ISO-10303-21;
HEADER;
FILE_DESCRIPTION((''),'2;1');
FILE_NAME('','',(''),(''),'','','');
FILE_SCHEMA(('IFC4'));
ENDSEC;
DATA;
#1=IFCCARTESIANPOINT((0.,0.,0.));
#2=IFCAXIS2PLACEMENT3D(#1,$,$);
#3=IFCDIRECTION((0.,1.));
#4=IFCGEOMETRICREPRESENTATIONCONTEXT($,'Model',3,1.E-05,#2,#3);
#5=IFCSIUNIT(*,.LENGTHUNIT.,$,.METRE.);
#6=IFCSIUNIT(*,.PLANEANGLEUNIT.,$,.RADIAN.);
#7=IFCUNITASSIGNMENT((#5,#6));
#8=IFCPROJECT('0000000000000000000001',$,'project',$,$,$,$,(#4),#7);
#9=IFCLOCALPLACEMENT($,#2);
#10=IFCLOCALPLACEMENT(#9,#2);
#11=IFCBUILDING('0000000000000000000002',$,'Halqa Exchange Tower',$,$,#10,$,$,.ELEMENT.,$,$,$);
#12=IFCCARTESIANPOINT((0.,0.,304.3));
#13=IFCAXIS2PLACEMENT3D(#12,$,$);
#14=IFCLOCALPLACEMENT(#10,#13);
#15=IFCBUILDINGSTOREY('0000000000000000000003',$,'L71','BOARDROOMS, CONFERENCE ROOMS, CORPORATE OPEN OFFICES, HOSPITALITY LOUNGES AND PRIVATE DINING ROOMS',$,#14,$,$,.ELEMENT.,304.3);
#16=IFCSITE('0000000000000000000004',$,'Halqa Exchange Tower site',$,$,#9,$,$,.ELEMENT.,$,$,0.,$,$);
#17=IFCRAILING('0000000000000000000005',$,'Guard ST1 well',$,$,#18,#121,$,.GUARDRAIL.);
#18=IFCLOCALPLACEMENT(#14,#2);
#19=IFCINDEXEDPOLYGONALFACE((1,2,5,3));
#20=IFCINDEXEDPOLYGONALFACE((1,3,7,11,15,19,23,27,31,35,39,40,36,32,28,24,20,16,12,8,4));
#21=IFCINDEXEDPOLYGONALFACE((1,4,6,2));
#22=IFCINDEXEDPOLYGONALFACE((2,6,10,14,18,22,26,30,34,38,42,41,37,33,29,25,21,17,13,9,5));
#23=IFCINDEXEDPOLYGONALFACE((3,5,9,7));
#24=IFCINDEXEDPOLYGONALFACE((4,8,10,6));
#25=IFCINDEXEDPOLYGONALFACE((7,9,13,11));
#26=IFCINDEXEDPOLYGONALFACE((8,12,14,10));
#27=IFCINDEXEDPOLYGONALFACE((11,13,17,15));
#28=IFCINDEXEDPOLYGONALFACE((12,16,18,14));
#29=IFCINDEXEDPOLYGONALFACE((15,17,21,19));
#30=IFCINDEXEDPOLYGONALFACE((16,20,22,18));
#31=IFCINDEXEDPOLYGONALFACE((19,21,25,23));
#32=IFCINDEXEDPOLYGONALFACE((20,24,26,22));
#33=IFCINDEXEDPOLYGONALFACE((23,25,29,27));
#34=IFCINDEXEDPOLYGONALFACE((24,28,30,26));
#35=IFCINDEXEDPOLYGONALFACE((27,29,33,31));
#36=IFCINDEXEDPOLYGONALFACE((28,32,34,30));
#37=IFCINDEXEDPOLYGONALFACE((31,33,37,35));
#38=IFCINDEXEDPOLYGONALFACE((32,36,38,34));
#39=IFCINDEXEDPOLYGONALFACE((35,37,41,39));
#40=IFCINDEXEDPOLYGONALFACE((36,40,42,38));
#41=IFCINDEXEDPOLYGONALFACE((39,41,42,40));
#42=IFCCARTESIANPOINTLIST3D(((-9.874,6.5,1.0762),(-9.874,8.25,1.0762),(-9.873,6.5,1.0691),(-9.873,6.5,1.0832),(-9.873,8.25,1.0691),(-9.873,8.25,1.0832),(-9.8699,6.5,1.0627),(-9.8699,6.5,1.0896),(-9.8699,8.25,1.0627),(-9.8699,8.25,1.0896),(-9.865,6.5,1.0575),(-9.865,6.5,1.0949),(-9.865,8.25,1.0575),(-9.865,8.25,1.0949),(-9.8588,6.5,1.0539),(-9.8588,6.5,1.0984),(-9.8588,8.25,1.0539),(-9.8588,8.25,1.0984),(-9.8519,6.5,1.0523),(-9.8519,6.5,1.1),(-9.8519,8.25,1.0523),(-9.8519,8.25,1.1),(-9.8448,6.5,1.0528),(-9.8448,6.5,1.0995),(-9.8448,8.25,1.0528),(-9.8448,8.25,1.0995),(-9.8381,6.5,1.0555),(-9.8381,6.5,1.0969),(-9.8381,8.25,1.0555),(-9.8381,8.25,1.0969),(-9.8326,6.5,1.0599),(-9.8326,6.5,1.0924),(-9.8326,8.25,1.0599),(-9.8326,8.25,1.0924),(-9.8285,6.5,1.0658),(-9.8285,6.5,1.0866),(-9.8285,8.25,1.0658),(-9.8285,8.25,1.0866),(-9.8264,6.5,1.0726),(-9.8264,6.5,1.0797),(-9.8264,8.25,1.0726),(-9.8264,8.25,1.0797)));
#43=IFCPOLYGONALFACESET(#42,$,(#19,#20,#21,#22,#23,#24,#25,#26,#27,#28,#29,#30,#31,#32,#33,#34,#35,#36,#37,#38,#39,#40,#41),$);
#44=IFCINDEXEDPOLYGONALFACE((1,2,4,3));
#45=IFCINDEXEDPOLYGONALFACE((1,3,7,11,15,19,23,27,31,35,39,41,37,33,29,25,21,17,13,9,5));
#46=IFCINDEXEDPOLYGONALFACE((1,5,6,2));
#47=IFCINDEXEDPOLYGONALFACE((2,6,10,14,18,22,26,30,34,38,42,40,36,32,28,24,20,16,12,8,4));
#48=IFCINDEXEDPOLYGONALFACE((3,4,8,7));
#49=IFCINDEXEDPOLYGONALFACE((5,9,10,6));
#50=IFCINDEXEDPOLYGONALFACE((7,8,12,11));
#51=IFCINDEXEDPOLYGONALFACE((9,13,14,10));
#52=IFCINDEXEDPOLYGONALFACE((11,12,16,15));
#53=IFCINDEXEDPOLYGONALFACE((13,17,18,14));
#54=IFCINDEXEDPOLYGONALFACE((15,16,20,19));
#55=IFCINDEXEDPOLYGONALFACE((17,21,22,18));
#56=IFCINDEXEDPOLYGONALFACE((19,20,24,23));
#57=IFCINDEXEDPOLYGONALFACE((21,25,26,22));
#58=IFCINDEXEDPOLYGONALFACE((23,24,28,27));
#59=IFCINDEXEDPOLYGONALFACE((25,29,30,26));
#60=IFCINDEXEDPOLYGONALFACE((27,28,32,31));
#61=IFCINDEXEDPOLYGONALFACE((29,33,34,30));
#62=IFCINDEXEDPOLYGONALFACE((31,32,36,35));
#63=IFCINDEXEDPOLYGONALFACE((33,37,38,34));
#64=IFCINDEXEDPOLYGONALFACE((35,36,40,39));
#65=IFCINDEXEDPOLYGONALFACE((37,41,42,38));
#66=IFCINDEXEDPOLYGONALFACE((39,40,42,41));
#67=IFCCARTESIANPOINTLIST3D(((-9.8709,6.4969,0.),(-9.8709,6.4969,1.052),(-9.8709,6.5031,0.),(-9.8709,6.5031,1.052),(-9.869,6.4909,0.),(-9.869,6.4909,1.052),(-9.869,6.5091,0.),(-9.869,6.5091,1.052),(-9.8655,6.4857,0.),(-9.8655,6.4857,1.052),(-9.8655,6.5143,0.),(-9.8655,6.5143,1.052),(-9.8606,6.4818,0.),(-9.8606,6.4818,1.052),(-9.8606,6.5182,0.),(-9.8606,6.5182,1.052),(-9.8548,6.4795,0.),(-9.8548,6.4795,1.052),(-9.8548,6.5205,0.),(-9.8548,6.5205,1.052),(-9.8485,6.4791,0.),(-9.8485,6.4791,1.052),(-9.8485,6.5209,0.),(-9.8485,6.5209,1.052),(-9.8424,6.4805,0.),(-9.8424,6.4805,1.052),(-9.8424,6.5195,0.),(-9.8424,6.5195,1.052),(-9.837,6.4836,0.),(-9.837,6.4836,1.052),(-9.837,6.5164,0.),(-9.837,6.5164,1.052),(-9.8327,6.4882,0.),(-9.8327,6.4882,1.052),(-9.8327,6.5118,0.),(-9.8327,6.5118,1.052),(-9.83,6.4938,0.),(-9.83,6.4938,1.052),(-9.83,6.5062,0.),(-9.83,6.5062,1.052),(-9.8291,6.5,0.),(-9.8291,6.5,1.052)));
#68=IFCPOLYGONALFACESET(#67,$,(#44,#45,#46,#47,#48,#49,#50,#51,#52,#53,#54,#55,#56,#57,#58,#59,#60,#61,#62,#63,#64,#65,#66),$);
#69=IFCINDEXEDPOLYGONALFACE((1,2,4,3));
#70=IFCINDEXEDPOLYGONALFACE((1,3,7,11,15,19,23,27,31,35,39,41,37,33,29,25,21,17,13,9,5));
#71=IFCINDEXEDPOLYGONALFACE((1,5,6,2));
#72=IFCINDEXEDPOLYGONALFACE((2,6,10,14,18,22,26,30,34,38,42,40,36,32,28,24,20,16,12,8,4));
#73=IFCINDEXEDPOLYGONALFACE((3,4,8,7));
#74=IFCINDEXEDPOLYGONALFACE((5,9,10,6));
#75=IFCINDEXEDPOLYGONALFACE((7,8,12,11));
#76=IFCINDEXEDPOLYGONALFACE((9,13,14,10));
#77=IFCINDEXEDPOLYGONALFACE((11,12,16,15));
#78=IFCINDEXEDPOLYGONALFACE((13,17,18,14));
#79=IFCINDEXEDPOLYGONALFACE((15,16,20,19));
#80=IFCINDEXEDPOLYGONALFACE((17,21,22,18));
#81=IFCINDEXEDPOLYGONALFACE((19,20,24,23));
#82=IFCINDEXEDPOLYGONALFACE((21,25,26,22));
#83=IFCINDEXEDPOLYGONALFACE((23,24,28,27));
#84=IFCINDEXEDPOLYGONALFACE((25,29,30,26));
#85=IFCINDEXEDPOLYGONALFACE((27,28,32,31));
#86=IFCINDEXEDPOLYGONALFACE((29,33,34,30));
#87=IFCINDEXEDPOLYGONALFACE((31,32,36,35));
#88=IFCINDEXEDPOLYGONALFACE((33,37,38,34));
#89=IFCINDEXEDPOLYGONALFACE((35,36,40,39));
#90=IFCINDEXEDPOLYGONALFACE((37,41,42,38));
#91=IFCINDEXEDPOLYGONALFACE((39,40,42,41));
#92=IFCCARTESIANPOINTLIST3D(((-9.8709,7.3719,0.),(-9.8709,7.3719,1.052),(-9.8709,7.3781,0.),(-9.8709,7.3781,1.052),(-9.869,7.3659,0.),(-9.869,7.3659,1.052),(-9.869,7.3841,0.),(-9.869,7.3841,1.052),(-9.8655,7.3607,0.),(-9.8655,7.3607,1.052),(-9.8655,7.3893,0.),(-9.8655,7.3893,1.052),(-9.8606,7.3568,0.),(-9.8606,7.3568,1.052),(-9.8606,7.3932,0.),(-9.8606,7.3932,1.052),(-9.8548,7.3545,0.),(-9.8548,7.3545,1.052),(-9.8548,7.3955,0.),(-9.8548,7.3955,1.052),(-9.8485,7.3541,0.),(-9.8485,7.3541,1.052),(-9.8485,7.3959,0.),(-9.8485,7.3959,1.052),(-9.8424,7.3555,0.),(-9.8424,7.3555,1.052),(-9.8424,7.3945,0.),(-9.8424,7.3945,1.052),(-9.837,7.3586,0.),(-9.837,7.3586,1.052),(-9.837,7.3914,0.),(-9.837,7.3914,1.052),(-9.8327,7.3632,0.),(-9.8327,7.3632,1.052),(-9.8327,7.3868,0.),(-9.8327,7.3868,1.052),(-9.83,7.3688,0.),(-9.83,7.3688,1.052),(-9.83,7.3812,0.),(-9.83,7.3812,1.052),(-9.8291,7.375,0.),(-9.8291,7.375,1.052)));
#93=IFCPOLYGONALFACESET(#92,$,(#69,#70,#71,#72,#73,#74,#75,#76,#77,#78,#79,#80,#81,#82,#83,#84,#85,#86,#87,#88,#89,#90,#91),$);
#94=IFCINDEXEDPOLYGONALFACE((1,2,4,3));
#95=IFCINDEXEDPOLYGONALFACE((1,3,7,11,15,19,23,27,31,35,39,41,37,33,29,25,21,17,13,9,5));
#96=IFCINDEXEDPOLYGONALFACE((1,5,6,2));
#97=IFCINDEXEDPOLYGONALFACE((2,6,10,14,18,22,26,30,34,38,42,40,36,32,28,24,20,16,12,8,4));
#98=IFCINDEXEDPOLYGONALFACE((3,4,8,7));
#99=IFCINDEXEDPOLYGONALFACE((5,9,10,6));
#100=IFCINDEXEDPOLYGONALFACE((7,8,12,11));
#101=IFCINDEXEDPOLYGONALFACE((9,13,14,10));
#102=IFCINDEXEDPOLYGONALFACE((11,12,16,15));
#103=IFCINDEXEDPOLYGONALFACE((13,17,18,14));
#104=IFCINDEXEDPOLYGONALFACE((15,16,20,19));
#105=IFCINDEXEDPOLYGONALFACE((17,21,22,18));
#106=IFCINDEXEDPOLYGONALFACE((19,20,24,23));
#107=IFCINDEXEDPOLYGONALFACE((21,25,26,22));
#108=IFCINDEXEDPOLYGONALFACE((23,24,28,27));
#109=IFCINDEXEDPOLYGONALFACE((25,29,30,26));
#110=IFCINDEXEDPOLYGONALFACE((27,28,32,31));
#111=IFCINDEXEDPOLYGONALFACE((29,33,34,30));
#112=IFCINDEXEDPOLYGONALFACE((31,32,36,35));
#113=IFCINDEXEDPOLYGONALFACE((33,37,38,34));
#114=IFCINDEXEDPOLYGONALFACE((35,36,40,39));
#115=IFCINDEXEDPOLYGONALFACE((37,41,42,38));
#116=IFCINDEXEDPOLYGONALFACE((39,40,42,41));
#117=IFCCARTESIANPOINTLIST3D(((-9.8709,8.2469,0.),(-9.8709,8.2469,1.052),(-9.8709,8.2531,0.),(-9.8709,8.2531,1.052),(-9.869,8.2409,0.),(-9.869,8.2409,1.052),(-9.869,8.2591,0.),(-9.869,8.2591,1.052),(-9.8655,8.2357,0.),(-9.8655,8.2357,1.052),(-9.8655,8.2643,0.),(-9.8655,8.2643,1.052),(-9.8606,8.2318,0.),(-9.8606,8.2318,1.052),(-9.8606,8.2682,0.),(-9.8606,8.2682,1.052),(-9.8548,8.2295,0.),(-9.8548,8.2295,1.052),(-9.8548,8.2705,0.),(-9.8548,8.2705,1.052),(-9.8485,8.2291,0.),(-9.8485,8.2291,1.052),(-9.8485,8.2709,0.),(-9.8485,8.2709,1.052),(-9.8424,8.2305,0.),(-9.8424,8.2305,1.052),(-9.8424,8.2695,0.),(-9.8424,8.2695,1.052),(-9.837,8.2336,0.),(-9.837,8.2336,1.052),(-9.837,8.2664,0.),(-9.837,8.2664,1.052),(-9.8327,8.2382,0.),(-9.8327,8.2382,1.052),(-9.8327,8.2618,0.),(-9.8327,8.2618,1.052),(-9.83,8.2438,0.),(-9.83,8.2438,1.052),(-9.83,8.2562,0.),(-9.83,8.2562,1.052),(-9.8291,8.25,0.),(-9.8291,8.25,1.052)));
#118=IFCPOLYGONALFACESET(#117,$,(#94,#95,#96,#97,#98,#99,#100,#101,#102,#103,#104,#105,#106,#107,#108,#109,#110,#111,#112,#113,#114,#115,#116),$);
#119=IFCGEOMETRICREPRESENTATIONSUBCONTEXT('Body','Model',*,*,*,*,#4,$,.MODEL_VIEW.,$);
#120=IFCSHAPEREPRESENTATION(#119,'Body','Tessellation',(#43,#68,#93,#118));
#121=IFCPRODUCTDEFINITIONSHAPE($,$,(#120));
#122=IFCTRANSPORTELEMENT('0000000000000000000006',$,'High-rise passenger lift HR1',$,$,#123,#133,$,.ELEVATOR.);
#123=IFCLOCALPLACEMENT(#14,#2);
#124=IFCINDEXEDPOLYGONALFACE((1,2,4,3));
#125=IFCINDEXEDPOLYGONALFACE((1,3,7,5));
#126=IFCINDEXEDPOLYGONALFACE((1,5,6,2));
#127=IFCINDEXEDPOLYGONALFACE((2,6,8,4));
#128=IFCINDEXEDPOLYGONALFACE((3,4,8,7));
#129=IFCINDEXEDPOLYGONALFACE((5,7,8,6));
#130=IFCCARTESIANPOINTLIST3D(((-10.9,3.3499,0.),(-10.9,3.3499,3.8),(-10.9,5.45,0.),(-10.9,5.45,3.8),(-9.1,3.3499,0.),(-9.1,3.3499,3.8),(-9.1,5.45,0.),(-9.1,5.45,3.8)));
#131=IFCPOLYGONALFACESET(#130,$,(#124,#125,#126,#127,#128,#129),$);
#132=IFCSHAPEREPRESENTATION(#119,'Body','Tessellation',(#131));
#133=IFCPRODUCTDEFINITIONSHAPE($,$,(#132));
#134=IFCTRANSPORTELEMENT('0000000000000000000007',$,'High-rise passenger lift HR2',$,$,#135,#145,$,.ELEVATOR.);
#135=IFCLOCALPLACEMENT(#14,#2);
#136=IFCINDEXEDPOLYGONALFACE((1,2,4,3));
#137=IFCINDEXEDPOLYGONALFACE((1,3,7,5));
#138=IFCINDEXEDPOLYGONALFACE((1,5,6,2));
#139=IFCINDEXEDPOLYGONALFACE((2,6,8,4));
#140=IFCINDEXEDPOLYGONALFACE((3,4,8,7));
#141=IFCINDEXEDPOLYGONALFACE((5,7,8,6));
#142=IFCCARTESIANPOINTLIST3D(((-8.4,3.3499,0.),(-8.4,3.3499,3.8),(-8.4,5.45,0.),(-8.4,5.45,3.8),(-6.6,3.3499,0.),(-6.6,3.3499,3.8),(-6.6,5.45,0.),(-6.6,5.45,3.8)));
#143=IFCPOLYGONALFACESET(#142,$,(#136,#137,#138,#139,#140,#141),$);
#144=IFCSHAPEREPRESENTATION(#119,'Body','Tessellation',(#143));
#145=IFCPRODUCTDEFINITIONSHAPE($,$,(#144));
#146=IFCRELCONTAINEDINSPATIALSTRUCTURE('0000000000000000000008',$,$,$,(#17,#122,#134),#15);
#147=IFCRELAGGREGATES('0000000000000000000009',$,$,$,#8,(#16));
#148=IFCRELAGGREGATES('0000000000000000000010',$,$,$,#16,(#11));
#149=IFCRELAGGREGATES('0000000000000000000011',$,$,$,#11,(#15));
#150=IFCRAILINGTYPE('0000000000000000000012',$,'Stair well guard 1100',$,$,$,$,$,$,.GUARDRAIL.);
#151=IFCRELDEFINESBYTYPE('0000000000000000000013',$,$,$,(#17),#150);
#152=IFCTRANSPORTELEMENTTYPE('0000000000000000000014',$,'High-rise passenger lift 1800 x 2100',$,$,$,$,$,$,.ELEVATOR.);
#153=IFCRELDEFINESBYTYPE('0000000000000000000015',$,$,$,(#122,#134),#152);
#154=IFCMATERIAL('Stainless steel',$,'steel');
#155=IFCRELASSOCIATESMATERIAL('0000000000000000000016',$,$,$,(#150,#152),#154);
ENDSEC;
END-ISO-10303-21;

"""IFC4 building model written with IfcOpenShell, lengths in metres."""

from ifc_helpers import new_model, si_unit, direction, frame, origin, origin_2d, place, context, subcontext, project, spatial, rectangle, circle, extrude, material, type_object, element, save


model = new_model("IFC4")

# Units and contexts
model_context = context("Model", 3, precision=1e-05, world=origin(), true_north=direction((0.0, 1.0)))
body_context = subcontext(model_context, "Body", "Model", "MODEL_VIEW")
ifc_project = project(units=[si_unit("LENGTHUNIT", "METRE"), si_unit("PLANEANGLEUNIT", "RADIAN")], contexts=[model_context])

# Site, building, storey
site_placement = place(None, origin())
site = spatial("IfcSite", under=ifc_project, at=site_placement, Name="Halqa Exchange Tower site", CompositionType="ELEMENT", RefElevation=0.0)
building_placement = place(site_placement, origin())
building = spatial("IfcBuilding", under=site, at=building_placement, Name="Halqa Exchange Tower", CompositionType="ELEMENT")
storey_placement = place(building_placement, frame((0.0, 0.0, 304.3)))
storey = spatial("IfcBuildingStorey", under=building, at=storey_placement, Name="L71", Description="BOARDROOMS, CONFERENCE ROOMS, CORPORATE OPEN OFFICES, HOSPITALITY LOUNGES AND PRIVATE DINING ROOMS", CompositionType="ELEMENT", Elevation=304.3)

# Shared definitions
ifc_material_1 = material(Name="Stainless steel", Category="steel")

# Railing
railing_type_1 = type_object("IfcRailingType", Name="Stair well guard 1100", PredefinedType="GUARDRAIL", material=ifc_material_1)
railing_1_placement = place(storey_placement, frame((-9.8501, 6.5, 0.0)))
element("IfcRailing", 1, at=railing_1_placement, inside=storey, type_object=railing_type_1, Name="Guard ST1 well", PredefinedType="GUARDRAIL", context=body_context, shape_type="SweptSolid", body=[
    extrude(circle(Radius=0.0239, at=origin_2d()), frame((0.0, 0.0, 1.0762), z_axis=(0.0, 1.0, 0.0), x_axis=(-1.0, 0.0, 0.0)), (0.0, 0.0, 1.0), 1.75),
    extrude(circle(Radius=0.021, at=origin_2d()), origin(), (0.0, 0.0, 1.0), 1.052),
    extrude(circle(Radius=0.021, at=origin_2d()), frame((0.0, 0.875, 0.0)), (0.0, 0.0, 1.0), 1.052),
    extrude(circle(Radius=0.021, at=origin_2d()), frame((0.0, 1.75, 0.0)), (0.0, 0.0, 1.0), 1.052),
])

# Transport elements
transport_element_type = type_object("IfcTransportElementType", Name="High-rise passenger lift 1800 x 2100", PredefinedType="ELEVATOR", material=ifc_material_1)
for number, where, z_axis, x_axis, name in (
    (2, (-10.0, 4.3999, 0.0), (0.0, 0.0, 1.0), (1.0, 0.0, 0.0), "High-rise passenger lift HR1"),
    (3, (-7.5, 4.3999, 0.0), (0.0, 0.0, 1.0), (1.0, 0.0, 0.0), "High-rise passenger lift HR2"),
):
    element("IfcTransportElement", number, at=place(storey_placement, frame(where, z_axis=z_axis, x_axis=x_axis)), inside=storey, type_object=transport_element_type, Name=name, PredefinedType="ELEVATOR", context=body_context, shape_type="SweptSolid", body=[
        extrude(rectangle(XDim=1.8, YDim=2.1001, at=origin_2d()), origin(), (0.0, 0.0, 1.0), 3.8),
    ])

save(model, "model.ifc")
